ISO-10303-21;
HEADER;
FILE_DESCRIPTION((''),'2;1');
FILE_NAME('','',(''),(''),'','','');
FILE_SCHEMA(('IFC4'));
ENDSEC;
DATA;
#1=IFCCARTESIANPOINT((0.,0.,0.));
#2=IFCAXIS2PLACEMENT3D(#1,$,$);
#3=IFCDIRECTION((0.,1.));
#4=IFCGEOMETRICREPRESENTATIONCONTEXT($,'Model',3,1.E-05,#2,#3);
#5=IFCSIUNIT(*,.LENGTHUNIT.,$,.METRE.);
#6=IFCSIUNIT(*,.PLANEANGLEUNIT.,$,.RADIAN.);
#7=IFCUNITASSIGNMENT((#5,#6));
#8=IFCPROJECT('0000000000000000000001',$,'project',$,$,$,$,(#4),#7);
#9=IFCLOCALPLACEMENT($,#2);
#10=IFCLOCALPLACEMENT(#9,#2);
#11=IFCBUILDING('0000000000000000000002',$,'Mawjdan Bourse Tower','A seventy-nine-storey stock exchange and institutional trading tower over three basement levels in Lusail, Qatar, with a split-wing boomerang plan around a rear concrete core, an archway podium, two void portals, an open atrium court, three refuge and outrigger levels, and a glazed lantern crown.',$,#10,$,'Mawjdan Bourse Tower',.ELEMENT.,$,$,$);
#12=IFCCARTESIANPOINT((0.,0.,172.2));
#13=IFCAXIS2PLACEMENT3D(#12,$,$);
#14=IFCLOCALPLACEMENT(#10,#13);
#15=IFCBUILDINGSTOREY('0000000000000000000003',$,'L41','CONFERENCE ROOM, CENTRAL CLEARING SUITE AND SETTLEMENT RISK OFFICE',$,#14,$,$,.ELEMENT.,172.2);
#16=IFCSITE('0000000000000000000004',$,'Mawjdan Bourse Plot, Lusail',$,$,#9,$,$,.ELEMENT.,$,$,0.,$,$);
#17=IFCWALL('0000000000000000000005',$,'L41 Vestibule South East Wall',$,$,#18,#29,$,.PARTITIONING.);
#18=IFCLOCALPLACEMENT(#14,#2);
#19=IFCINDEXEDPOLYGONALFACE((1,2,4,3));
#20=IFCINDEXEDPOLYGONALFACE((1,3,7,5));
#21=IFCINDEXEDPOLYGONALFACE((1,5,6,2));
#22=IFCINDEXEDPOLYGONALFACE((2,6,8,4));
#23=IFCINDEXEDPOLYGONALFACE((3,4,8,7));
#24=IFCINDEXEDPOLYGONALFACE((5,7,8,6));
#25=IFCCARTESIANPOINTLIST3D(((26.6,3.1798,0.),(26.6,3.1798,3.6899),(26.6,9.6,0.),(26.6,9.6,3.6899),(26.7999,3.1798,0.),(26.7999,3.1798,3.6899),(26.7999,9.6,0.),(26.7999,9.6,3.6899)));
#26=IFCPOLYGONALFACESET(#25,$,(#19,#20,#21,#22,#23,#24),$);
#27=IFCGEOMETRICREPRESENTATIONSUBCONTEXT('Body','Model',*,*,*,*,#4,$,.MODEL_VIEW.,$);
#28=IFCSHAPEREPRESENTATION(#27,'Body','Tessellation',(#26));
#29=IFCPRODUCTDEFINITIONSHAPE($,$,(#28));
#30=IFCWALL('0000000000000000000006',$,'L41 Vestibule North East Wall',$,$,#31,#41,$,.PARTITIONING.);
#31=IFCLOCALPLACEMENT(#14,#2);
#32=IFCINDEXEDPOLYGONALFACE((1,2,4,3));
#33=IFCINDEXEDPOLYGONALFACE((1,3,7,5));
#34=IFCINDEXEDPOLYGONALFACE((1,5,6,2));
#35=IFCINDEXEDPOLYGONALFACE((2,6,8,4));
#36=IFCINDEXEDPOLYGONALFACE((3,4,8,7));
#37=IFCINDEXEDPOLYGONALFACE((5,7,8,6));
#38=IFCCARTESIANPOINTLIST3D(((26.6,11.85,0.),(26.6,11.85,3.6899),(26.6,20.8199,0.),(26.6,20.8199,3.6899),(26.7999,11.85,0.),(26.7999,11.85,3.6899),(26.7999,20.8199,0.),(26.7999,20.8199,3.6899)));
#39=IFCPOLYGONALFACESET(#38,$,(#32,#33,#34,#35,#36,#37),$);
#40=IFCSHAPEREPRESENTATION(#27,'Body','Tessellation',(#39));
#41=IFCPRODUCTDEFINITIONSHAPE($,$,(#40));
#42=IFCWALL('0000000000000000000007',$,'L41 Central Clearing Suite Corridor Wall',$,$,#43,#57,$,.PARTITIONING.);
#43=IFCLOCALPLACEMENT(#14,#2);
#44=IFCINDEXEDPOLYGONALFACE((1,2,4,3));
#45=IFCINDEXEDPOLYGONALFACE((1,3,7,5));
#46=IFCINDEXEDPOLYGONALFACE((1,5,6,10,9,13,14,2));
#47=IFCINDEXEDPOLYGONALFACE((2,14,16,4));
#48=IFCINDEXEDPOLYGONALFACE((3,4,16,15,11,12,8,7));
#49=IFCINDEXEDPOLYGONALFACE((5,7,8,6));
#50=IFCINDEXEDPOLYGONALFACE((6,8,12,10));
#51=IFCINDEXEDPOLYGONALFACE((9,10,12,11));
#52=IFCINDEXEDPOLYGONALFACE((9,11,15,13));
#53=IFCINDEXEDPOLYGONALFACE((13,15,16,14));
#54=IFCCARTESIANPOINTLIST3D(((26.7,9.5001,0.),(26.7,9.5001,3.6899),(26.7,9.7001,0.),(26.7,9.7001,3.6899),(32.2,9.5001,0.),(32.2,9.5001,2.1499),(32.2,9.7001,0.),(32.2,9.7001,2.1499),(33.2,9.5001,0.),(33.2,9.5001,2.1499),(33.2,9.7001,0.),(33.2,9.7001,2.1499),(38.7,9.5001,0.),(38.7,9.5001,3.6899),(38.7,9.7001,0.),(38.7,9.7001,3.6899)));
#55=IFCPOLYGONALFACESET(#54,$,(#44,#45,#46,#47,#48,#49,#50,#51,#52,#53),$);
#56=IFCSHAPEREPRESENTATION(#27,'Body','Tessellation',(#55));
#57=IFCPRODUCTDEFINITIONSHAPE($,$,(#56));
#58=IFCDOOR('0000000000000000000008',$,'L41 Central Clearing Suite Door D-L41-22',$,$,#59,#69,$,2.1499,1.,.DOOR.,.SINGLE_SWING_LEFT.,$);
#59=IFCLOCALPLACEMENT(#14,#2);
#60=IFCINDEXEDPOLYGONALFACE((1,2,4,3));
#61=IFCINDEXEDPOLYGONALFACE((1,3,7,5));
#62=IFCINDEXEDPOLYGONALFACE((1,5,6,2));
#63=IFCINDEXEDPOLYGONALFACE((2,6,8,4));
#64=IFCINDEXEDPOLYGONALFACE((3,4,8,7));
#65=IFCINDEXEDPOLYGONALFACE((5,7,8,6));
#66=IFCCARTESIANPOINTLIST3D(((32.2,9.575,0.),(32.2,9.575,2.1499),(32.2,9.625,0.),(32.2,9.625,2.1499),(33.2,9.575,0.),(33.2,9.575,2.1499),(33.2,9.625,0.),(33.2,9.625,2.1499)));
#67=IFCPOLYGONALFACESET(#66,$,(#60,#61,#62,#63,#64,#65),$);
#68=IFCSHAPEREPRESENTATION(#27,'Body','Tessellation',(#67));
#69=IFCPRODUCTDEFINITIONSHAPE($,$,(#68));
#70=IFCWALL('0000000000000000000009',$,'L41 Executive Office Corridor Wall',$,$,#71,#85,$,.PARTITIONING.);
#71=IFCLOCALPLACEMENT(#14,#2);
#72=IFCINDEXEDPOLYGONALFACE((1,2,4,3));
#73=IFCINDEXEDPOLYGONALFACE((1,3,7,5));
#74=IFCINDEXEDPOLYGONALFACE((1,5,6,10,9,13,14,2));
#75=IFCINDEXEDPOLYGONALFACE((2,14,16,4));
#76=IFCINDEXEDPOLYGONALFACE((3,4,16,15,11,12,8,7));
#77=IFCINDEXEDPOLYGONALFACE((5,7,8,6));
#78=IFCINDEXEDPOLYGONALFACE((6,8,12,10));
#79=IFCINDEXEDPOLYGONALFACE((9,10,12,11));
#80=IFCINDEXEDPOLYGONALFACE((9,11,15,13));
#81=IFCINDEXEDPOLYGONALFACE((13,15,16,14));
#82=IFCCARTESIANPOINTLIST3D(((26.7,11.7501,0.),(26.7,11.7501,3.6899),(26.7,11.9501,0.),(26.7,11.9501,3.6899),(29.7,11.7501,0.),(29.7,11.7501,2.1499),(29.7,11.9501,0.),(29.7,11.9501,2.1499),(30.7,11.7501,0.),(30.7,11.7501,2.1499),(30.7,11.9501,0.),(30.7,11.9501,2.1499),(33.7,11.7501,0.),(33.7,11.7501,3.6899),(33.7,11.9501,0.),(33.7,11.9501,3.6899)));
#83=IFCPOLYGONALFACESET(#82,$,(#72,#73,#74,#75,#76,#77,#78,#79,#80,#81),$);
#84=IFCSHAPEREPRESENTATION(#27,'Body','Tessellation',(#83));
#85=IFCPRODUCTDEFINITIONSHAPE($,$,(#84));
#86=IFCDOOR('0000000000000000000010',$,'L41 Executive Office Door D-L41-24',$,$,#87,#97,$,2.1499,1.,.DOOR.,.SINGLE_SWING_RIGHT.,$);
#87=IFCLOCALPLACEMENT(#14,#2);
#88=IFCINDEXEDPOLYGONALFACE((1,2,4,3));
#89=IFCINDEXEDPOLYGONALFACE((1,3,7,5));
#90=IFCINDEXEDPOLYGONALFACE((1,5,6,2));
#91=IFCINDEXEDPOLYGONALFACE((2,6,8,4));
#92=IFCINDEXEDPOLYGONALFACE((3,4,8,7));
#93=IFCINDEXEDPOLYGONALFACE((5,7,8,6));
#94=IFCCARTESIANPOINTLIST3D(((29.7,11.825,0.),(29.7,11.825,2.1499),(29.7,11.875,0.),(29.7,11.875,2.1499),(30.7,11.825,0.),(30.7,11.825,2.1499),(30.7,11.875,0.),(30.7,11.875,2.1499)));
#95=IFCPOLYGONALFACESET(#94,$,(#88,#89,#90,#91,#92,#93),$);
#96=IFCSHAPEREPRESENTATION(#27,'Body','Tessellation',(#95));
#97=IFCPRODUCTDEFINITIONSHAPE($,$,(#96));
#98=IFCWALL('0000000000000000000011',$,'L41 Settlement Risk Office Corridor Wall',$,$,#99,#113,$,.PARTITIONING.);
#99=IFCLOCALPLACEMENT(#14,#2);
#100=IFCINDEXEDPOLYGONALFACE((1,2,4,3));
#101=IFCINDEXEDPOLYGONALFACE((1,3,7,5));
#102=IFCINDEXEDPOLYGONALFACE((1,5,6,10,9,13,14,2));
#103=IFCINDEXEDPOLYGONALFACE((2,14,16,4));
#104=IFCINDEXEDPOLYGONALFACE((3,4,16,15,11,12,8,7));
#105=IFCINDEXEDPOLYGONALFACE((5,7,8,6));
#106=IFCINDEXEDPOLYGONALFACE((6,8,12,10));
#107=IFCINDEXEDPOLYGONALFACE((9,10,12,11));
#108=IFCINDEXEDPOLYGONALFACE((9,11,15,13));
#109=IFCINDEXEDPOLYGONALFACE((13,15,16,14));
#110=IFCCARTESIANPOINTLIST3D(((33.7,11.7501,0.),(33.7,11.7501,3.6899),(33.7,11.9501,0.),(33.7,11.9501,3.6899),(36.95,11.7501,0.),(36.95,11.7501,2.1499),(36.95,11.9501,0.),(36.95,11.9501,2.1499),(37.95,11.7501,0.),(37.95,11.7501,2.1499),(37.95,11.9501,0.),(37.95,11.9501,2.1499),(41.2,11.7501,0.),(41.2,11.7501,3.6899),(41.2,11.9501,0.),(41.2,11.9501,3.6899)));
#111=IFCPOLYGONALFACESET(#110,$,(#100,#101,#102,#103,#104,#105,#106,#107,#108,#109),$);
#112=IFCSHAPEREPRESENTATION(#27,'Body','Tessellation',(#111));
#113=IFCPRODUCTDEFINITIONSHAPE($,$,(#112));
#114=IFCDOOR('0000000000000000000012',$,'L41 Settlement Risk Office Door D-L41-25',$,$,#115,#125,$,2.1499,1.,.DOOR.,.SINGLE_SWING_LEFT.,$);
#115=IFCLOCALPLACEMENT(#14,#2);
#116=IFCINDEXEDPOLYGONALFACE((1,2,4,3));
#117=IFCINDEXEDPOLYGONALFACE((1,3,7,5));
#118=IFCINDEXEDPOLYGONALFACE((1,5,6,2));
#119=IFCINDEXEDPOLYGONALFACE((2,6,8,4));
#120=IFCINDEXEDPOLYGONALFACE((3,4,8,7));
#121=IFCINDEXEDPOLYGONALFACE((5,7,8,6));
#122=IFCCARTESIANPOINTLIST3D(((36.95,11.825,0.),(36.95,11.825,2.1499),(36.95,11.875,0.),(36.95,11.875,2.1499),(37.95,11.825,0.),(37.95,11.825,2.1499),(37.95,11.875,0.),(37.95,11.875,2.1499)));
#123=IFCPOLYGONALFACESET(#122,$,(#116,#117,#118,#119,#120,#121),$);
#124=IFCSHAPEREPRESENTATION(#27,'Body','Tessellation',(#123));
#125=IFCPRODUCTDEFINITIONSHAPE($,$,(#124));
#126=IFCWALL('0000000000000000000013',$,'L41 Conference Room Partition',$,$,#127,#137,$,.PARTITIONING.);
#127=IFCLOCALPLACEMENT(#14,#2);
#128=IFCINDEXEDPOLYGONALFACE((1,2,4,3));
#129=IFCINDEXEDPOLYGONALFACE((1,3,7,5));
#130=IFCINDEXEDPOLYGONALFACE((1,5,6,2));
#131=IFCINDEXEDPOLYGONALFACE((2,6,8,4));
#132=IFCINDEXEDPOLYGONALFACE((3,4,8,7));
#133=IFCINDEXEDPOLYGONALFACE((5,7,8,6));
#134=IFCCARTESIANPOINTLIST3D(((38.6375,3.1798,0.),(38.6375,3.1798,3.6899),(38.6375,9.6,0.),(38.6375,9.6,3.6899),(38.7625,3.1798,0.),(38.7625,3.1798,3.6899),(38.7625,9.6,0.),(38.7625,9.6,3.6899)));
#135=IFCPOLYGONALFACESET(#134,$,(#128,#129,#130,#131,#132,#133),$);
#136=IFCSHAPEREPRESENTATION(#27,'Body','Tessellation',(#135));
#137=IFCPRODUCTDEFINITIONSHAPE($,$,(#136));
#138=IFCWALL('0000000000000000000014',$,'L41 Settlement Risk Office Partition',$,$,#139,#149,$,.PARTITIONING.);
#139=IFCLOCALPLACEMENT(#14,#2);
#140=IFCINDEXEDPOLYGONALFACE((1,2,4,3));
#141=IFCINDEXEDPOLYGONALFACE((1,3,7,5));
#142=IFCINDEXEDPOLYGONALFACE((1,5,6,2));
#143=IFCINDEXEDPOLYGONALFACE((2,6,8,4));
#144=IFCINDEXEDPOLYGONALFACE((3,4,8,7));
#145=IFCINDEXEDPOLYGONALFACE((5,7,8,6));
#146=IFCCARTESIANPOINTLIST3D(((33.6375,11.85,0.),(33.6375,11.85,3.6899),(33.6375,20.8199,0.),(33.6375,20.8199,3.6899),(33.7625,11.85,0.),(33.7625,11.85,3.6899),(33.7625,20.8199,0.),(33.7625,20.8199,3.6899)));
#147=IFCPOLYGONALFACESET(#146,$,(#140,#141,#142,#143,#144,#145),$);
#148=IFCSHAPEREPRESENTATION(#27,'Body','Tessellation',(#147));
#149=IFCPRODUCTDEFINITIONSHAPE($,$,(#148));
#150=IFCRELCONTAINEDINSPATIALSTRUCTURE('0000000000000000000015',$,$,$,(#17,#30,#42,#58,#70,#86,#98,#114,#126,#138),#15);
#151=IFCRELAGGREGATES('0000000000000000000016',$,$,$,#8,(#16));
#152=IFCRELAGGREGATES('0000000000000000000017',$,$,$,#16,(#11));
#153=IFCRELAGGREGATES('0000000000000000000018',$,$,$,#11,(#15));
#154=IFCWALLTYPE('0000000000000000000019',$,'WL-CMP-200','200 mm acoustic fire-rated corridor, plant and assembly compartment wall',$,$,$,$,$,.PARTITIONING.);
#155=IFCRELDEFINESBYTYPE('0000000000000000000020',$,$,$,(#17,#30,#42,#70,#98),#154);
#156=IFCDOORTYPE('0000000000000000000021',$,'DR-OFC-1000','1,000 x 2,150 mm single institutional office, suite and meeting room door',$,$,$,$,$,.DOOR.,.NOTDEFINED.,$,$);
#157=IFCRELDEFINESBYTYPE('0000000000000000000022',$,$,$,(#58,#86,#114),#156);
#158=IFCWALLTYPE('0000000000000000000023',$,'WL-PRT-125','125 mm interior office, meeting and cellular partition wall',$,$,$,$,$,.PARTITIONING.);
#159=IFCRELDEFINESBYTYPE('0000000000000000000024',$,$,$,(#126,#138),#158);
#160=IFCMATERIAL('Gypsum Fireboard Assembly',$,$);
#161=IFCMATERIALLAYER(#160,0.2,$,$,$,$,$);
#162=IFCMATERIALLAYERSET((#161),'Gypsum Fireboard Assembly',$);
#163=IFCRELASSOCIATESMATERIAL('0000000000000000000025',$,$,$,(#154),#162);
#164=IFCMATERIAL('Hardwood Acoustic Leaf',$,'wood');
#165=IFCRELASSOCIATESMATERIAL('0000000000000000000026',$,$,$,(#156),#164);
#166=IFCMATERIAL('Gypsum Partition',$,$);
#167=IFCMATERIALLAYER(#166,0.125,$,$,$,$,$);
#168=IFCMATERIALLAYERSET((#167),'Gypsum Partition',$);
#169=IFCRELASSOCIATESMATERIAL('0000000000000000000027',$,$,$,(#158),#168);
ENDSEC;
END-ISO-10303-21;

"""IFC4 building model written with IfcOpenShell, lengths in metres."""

from ifc_helpers import new_model, si_unit, direction, frame, frame_2d, origin, place, context, subcontext, project, spatial, rectangle, extrude, material, layer, layer_set, type_object, element, fill, save


model = new_model("IFC4")

# Units and contexts
model_context = context("Model", 3, precision=1e-05, world=origin(), true_north=direction((0.0, 1.0)))
body_context = subcontext(model_context, "Body", "Model", "MODEL_VIEW")
ifc_project = project(units=[si_unit("LENGTHUNIT", "METRE"), si_unit("PLANEANGLEUNIT", "RADIAN")], contexts=[model_context])

# Site, building, storey
site_placement = place(None, origin())
site = spatial("IfcSite", under=ifc_project, at=site_placement, Name="Mawjdan Bourse Plot, Lusail", CompositionType="ELEMENT", RefElevation=0.0)
building_placement = place(site_placement, origin())
building = spatial("IfcBuilding", under=site, at=building_placement, Name="Mawjdan Bourse Tower", Description="A seventy-nine-storey stock exchange and institutional trading tower over three basement levels in Lusail, Qatar, with a split-wing boomerang plan around a rear concrete core, an archway podium, two void portals, an open atrium court, three refuge and outrigger levels, and a glazed lantern crown.", LongName="Mawjdan Bourse Tower", CompositionType="ELEMENT")
storey_placement = place(building_placement, frame((0.0, 0.0, 172.2)))
storey = spatial("IfcBuildingStorey", under=building, at=storey_placement, Name="L41", Description="CONFERENCE ROOM, CENTRAL CLEARING SUITE AND SETTLEMENT RISK OFFICE", CompositionType="ELEMENT", Elevation=172.2)

# Walls
ifc_material_1 = material(Name="Gypsum Fireboard Assembly")
ifc_layer_1 = layer(ifc_material_1, 0.2)
ifc_layer_set_1 = layer_set([ifc_layer_1], Name="Gypsum Fireboard Assembly")
wall_type_1 = type_object("IfcWallType", Name="WL-CMP-200", Description="200 mm acoustic fire-rated corridor, plant and assembly compartment wall", PredefinedType="PARTITIONING", material=ifc_layer_set_1)
wall_1_placement = place(storey_placement, frame((26.7, 3.1799, 0.0), z_axis=(0.0, 0.0, 1.0), x_axis=(0.0, 1.0, 0.0)))
element("IfcWall", 1, at=wall_1_placement, inside=storey, type_object=wall_type_1, Name="L41 Vestibule South East Wall", PredefinedType="PARTITIONING", context=body_context, shape_type="SweptSolid", body=[
    extrude(rectangle(XDim=6.4202, YDim=0.2, at=frame_2d((3.21, 0.0))), origin(), (0.0, 0.0, 1.0), 3.6899),
])
wall_2_placement = place(storey_placement, frame((26.7, 11.8501, 0.0), z_axis=(0.0, 0.0, 1.0), x_axis=(0.0, 1.0, 0.0)))
element("IfcWall", 2, at=wall_2_placement, inside=storey, type_object=wall_type_1, Name="L41 Vestibule North East Wall", PredefinedType="PARTITIONING", context=body_context, shape_type="SweptSolid", body=[
    extrude(rectangle(XDim=8.97, YDim=0.2, at=frame_2d((4.4849, 0.0))), origin(), (0.0, 0.0, 1.0), 3.6899),
])

# Walls, openings, doors
wall_3_placement = place(storey_placement, frame((26.7, 9.6001, 0.0), z_axis=(0.0, 0.0, 1.0), x_axis=(1.0, 0.0, 0.0)))
wall_3 = element("IfcWall", 3, at=wall_3_placement, inside=storey, type_object=wall_type_1, Name="L41 Central Clearing Suite Corridor Wall", PredefinedType="PARTITIONING", context=body_context, shape_type="SweptSolid", body=[
    extrude(rectangle(XDim=12.0, YDim=0.2, at=frame_2d((6.0, 0.0))), origin(), (0.0, 0.0, 1.0), 3.6899),
])
opening_1_placement = place(wall_3_placement, frame((5.5, 0.0, 0.0)))
opening_1 = element("IfcOpeningElement", 4, at=opening_1_placement, cuts=wall_3, PredefinedType="OPENING", context=body_context, shape_type="SweptSolid", body=[
    extrude(rectangle(XDim=1.0, YDim=2.1499, at=frame_2d((0.5, 1.075))), frame((0.0, 0.1099, 0.0), z_axis=(0.0, -1.0, 0.0), x_axis=(1.0, 0.0, 0.0)), (0.0, 0.0, 1.0), 0.22),
])
ifc_material_2 = material(Name="Hardwood Acoustic Leaf", Category="wood")
door_type = type_object("IfcDoorType", Name="DR-OFC-1000", Description="1,000 x 2,150 mm single institutional office, suite and meeting room door", OperationType="NOTDEFINED", PredefinedType="DOOR", material=ifc_material_2)
door_1_placement = place(opening_1_placement, origin())
door_1 = element("IfcDoor", 5, at=door_1_placement, inside=storey, type_object=door_type, Name="L41 Central Clearing Suite Door D-L41-22", OperationType="SINGLE_SWING_LEFT", OverallHeight=2.1499, OverallWidth=1.0, PredefinedType="DOOR", context=body_context, shape_type="SweptSolid", body=[
    extrude(rectangle(XDim=1.0, YDim=2.1499, at=frame_2d((0.5, 1.075))), frame((0.0, 0.0249, 0.0), z_axis=(0.0, -1.0, 0.0), x_axis=(1.0, 0.0, 0.0)), (0.0, 0.0, 1.0), 0.05),
])
fill(opening_1, door_1)
wall_4_placement = place(storey_placement, frame((26.7, 11.8501, 0.0), z_axis=(0.0, 0.0, 1.0), x_axis=(1.0, 0.0, 0.0)))
wall_4 = element("IfcWall", 6, at=wall_4_placement, inside=storey, type_object=wall_type_1, Name="L41 Executive Office Corridor Wall", PredefinedType="PARTITIONING", context=body_context, shape_type="SweptSolid", body=[
    extrude(rectangle(XDim=7.0, YDim=0.2, at=frame_2d((3.5, 0.0))), origin(), (0.0, 0.0, 1.0), 3.6899),
])
opening_2_placement = place(wall_4_placement, frame((3.0, 0.0, 0.0)))
opening_2 = element("IfcOpeningElement", 7, at=opening_2_placement, cuts=wall_4, PredefinedType="OPENING", context=body_context, shape_type="SweptSolid", body=[
    extrude(rectangle(XDim=1.0, YDim=2.1499, at=frame_2d((0.5, 1.075))), frame((0.0, 0.1099, 0.0), z_axis=(0.0, -1.0, 0.0), x_axis=(1.0, 0.0, 0.0)), (0.0, 0.0, 1.0), 0.22),
])
door_2_placement = place(opening_2_placement, origin())
door_2 = element("IfcDoor", 8, at=door_2_placement, inside=storey, type_object=door_type, Name="L41 Executive Office Door D-L41-24", OperationType="SINGLE_SWING_RIGHT", OverallHeight=2.1499, OverallWidth=1.0, PredefinedType="DOOR", context=body_context, shape_type="SweptSolid", body=[
    extrude(rectangle(XDim=1.0, YDim=2.1499, at=frame_2d((0.5, 1.075))), frame((0.0, 0.0249, 0.0), z_axis=(0.0, -1.0, 0.0), x_axis=(1.0, 0.0, 0.0)), (0.0, 0.0, 1.0), 0.05),
])
fill(opening_2, door_2)
wall_5_placement = place(storey_placement, frame((33.7, 11.8501, 0.0), z_axis=(0.0, 0.0, 1.0), x_axis=(1.0, 0.0, 0.0)))
wall_5 = element("IfcWall", 9, at=wall_5_placement, inside=storey, type_object=wall_type_1, Name="L41 Settlement Risk Office Corridor Wall", PredefinedType="PARTITIONING", context=body_context, shape_type="SweptSolid", body=[
    extrude(rectangle(XDim=7.5, YDim=0.2, at=frame_2d((3.75, 0.0))), origin(), (0.0, 0.0, 1.0), 3.6899),
])
opening_3_placement = place(wall_5_placement, frame((3.25, 0.0, 0.0)))
opening_3 = element("IfcOpeningElement", 10, at=opening_3_placement, cuts=wall_5, PredefinedType="OPENING", context=body_context, shape_type="SweptSolid", body=[
    extrude(rectangle(XDim=1.0, YDim=2.1499, at=frame_2d((0.5, 1.075))), frame((0.0, 0.1099, 0.0), z_axis=(0.0, -1.0, 0.0), x_axis=(1.0, 0.0, 0.0)), (0.0, 0.0, 1.0), 0.22),
])
door_3_placement = place(opening_3_placement, origin())
door_3 = element("IfcDoor", 11, at=door_3_placement, inside=storey, type_object=door_type, Name="L41 Settlement Risk Office Door D-L41-25", OperationType="SINGLE_SWING_LEFT", OverallHeight=2.1499, OverallWidth=1.0, PredefinedType="DOOR", context=body_context, shape_type="SweptSolid", body=[
    extrude(rectangle(XDim=1.0, YDim=2.1499, at=frame_2d((0.5, 1.075))), frame((0.0, 0.0249, 0.0), z_axis=(0.0, -1.0, 0.0), x_axis=(1.0, 0.0, 0.0)), (0.0, 0.0, 1.0), 0.05),
])
fill(opening_3, door_3)

# Walls
ifc_material_3 = material(Name="Gypsum Partition")
ifc_layer_2 = layer(ifc_material_3, 0.125)
ifc_layer_set_2 = layer_set([ifc_layer_2], Name="Gypsum Partition")
wall_type_2 = type_object("IfcWallType", Name="WL-PRT-125", Description="125 mm interior office, meeting and cellular partition wall", PredefinedType="PARTITIONING", material=ifc_layer_set_2)
wall_6_placement = place(storey_placement, frame((38.7, 3.1799, 0.0), z_axis=(0.0, 0.0, 1.0), x_axis=(0.0, 1.0, 0.0)))
element("IfcWall", 12, at=wall_6_placement, inside=storey, type_object=wall_type_2, Name="L41 Conference Room Partition", PredefinedType="PARTITIONING", context=body_context, shape_type="SweptSolid", body=[
    extrude(rectangle(XDim=6.4202, YDim=0.125, at=frame_2d((3.21, 0.0))), origin(), (0.0, 0.0, 1.0), 3.6899),
])
wall_7_placement = place(storey_placement, frame((33.7, 11.8501, 0.0), z_axis=(0.0, 0.0, 1.0), x_axis=(0.0, 1.0, 0.0)))
element("IfcWall", 13, at=wall_7_placement, inside=storey, type_object=wall_type_2, Name="L41 Settlement Risk Office Partition", PredefinedType="PARTITIONING", context=body_context, shape_type="SweptSolid", body=[
    extrude(rectangle(XDim=8.97, YDim=0.125, at=frame_2d((4.4849, 0.0))), origin(), (0.0, 0.0, 1.0), 3.6899),
])

save(model, "model.ifc")
